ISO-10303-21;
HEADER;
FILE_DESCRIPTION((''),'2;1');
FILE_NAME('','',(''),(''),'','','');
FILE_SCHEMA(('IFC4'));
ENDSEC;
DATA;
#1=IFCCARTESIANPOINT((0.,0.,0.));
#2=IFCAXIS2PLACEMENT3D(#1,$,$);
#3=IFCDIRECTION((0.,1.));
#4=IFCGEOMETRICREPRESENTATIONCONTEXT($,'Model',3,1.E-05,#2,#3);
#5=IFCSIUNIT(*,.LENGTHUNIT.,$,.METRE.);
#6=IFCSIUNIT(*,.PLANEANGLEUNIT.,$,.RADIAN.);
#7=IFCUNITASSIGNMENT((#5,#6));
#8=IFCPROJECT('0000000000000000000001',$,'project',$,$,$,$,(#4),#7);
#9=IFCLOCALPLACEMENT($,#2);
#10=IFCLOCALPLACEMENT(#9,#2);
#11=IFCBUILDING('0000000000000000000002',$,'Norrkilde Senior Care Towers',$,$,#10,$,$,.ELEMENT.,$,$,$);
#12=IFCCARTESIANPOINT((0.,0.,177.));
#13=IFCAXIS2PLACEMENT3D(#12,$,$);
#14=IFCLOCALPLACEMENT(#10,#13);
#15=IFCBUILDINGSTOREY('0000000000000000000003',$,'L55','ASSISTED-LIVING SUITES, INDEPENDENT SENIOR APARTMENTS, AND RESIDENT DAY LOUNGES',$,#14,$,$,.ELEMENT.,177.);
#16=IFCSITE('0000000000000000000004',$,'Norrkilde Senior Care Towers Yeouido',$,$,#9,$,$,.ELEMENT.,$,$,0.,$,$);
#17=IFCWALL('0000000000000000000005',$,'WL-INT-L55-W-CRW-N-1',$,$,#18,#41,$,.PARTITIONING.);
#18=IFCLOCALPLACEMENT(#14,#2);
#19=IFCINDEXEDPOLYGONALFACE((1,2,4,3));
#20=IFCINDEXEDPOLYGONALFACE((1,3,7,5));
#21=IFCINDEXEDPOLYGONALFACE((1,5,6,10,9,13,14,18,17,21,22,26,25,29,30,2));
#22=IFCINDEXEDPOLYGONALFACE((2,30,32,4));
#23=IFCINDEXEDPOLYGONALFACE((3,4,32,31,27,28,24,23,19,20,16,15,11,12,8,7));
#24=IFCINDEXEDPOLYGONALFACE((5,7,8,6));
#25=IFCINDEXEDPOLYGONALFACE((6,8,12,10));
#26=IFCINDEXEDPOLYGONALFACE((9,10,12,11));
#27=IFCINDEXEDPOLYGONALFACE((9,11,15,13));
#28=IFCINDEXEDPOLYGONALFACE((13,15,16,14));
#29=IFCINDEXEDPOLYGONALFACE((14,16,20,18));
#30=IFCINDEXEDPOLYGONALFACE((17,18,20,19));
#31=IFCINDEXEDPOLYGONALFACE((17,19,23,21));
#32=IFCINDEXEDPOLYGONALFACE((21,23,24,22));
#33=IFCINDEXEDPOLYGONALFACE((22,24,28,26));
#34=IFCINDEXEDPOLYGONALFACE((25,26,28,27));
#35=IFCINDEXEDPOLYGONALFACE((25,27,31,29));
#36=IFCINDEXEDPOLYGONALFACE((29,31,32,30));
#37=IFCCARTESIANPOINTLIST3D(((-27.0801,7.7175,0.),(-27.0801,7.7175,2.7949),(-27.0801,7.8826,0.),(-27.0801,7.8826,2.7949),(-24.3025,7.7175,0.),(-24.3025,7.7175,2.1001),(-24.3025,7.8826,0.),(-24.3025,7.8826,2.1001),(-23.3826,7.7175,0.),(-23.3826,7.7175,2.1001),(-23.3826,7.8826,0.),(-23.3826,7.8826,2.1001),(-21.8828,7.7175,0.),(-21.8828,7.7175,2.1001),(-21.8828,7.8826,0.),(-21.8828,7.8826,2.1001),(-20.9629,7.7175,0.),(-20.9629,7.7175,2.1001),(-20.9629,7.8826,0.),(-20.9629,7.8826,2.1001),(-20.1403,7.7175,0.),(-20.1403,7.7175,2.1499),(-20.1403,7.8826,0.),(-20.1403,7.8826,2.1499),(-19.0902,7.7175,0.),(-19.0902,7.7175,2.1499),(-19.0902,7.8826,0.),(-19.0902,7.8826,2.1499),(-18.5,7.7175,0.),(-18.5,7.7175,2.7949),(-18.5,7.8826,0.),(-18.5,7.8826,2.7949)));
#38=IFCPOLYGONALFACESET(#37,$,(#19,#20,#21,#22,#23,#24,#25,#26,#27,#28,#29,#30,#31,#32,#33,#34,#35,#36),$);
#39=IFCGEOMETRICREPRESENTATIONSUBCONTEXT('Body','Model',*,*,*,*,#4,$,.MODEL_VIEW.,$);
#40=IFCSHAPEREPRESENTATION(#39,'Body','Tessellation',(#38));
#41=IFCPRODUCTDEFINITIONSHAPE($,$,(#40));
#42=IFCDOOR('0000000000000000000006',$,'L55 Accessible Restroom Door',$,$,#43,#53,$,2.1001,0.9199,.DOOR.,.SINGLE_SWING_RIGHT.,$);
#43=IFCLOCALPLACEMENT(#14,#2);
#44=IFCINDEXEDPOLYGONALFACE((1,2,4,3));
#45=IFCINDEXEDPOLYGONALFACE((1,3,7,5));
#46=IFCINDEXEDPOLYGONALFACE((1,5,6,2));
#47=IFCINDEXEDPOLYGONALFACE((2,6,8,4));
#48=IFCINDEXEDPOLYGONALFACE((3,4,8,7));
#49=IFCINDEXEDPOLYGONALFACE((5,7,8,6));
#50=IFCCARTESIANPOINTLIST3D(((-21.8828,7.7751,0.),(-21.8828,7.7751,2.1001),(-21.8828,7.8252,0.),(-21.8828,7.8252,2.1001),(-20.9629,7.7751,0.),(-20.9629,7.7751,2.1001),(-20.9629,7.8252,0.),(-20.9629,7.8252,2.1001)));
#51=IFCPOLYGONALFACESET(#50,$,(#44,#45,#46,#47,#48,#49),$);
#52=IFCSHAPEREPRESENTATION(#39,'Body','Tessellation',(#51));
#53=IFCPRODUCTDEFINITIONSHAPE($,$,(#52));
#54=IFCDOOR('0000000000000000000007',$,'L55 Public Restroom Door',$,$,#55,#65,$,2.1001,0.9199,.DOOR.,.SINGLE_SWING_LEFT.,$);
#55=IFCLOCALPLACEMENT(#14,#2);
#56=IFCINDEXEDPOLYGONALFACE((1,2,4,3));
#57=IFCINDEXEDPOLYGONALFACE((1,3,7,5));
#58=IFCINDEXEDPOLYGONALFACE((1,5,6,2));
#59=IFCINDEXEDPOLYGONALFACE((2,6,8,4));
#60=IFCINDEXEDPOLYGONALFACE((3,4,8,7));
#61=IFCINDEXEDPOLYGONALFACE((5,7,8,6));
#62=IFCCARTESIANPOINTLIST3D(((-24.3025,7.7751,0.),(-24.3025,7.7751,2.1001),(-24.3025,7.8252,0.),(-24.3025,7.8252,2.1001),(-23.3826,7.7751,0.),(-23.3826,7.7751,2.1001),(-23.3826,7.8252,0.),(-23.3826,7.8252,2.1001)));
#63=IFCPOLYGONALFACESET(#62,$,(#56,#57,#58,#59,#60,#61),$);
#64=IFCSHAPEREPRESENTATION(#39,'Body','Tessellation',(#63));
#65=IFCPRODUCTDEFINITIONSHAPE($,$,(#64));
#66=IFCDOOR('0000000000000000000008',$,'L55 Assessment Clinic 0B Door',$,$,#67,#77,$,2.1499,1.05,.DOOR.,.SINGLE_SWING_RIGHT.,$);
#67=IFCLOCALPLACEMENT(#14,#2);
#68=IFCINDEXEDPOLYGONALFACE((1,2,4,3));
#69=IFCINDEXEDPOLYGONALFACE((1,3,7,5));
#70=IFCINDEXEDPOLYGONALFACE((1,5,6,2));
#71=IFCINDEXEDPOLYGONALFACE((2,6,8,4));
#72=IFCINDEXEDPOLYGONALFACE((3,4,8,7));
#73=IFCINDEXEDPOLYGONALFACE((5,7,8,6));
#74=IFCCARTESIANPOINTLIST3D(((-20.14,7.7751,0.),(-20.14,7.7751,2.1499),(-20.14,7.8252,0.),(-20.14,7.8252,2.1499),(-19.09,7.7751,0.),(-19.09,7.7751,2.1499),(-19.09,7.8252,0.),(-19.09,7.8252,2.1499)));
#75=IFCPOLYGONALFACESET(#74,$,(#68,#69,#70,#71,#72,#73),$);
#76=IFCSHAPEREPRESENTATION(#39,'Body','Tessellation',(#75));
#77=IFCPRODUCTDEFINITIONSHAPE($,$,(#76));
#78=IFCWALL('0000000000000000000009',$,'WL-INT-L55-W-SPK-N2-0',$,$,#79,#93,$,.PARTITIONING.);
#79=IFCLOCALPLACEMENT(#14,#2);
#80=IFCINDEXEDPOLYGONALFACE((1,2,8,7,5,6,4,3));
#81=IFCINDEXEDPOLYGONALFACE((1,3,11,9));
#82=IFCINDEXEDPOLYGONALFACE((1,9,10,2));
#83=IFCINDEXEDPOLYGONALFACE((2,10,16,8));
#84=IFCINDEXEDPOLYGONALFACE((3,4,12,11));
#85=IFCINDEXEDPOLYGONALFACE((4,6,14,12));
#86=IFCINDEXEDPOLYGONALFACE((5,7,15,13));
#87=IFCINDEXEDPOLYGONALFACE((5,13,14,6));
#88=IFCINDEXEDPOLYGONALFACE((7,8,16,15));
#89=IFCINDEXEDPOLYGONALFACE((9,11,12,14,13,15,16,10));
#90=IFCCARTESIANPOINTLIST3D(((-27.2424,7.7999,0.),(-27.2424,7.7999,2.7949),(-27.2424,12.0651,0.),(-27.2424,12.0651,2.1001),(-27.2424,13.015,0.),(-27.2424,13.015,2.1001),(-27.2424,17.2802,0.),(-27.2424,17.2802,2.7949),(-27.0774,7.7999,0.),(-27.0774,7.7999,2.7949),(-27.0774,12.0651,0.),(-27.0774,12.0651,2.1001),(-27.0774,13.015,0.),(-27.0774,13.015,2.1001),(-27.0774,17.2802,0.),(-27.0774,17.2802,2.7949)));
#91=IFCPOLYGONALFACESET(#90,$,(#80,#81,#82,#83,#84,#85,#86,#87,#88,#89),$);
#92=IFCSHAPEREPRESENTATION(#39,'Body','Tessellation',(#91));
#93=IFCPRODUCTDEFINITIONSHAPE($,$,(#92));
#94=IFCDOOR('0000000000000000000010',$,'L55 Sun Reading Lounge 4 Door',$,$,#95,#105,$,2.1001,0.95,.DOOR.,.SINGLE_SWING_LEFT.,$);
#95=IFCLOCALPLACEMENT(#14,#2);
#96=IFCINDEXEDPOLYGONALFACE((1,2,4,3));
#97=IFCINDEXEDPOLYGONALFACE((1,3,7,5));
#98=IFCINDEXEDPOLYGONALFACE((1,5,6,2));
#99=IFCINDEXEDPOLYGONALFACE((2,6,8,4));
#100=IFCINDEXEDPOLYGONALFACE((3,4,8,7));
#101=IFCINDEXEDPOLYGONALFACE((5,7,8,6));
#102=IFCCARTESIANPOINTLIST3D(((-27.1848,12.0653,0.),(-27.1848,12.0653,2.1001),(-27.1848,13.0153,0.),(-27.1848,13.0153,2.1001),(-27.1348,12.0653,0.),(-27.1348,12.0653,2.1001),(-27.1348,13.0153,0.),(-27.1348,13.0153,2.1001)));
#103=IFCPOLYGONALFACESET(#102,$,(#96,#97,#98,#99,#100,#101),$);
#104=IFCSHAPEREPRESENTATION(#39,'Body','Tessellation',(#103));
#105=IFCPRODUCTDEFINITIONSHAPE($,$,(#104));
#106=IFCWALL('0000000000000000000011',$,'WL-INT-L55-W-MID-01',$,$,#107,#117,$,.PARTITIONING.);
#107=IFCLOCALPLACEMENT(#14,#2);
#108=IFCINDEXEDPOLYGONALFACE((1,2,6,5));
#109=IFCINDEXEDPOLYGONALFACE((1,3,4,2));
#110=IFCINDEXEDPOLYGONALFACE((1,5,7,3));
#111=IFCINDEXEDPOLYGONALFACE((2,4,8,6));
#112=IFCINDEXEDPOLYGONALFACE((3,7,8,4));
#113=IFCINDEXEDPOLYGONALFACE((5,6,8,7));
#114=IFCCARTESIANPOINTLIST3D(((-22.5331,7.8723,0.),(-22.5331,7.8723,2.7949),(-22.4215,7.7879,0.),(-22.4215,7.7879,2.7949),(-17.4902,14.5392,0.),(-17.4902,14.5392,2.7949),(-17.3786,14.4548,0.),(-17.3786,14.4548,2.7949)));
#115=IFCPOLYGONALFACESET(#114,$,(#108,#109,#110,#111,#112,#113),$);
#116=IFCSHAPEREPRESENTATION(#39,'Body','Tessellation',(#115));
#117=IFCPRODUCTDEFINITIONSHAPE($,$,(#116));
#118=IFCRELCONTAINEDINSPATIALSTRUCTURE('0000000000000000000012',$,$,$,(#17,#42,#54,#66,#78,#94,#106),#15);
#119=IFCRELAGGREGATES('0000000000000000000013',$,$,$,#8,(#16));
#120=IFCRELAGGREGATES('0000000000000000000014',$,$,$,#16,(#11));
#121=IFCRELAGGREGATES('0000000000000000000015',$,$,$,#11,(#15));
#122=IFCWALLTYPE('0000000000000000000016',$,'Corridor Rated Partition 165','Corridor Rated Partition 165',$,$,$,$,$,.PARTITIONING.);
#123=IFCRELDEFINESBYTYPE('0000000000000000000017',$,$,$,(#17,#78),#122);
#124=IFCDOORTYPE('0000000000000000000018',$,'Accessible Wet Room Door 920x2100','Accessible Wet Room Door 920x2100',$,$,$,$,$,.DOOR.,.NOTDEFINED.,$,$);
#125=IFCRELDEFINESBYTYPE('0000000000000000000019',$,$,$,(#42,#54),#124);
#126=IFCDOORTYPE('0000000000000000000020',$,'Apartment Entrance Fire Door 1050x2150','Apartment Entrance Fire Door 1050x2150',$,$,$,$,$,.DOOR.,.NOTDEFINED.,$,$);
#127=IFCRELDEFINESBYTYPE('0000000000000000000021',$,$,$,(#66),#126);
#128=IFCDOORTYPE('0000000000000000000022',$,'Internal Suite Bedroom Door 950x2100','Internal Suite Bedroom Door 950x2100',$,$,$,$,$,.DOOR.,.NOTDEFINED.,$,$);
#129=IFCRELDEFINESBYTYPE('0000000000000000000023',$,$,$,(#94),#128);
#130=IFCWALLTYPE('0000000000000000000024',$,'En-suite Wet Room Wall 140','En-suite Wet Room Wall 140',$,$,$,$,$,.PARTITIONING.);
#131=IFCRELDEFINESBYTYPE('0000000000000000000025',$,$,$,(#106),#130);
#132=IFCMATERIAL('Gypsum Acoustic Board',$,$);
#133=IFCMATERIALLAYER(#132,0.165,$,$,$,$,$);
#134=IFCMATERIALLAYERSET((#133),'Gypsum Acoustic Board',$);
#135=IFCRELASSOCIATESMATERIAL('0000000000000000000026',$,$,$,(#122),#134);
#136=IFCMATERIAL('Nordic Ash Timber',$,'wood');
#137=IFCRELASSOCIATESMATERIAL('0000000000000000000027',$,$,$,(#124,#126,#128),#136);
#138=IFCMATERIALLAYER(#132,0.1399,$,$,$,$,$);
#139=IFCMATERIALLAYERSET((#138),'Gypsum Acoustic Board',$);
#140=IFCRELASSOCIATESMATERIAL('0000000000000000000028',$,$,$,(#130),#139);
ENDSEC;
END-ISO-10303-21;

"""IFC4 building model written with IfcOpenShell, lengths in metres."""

from ifc_helpers import new_model, si_unit, direction, frame, frame_2d, origin, place, context, subcontext, project, spatial, rectangle, extrude, source, transform, mapped, material, layer, layer_set, type_object, type_shapes, element, fill, save


model = new_model("IFC4")

# Units and contexts
model_context = context("Model", 3, precision=1e-05, world=origin(), true_north=direction((0.0, 1.0)))
body_context = subcontext(model_context, "Body", "Model", "MODEL_VIEW")
ifc_project = project(units=[si_unit("LENGTHUNIT", "METRE"), si_unit("PLANEANGLEUNIT", "RADIAN")], contexts=[model_context])

# Site, building, storey
site_placement = place(None, origin())
site = spatial("IfcSite", under=ifc_project, at=site_placement, Name="Norrkilde Senior Care Towers Yeouido", CompositionType="ELEMENT", RefElevation=0.0)
building_placement = place(site_placement, origin())
building = spatial("IfcBuilding", under=site, at=building_placement, Name="Norrkilde Senior Care Towers", CompositionType="ELEMENT")
storey_placement = place(building_placement, frame((0.0, 0.0, 177.0)))
storey = spatial("IfcBuildingStorey", under=building, at=storey_placement, Name="L55", Description="ASSISTED-LIVING SUITES, INDEPENDENT SENIOR APARTMENTS, AND RESIDENT DAY LOUNGES", CompositionType="ELEMENT", Elevation=177.0)

# Shared definitions
ifc_material_1 = material(Name="Gypsum Acoustic Board")
ifc_layer_1 = layer(ifc_material_1, 0.165)
ifc_layer_set_1 = layer_set([ifc_layer_1], Name="Gypsum Acoustic Board")
wall_type_1 = type_object("IfcWallType", Name="Corridor Rated Partition 165", Description="Corridor Rated Partition 165", PredefinedType="PARTITIONING", material=ifc_layer_set_1)

# Wall, openings, doors
shared_shape_1 = source(origin(), body_context, "Body", "SweptSolid", [
    extrude(rectangle(XDim=8.5801, YDim=0.165, at=frame_2d((4.29, 0.0))), origin(), (0.0, 0.0, 1.0), 2.7949),
])
wall_1_placement = place(storey_placement, frame((-27.0801, 7.8, 0.0), z_axis=(0.0, 0.0, 1.0), x_axis=(1.0, 0.0, 0.0)))
wall_1 = element("IfcWall", 1, at=wall_1_placement, inside=storey, type_object=wall_type_1, Name="WL-INT-L55-W-CRW-N-1", PredefinedType="PARTITIONING", context=body_context, shape_type="MappedRepresentation", body=[
    mapped(shared_shape_1, transform((0.0, 0.0, 0.0), x_axis=(1.0, 0.0, 0.0), y_axis=(0.0, 1.0, 0.0), z_axis=(0.0, 0.0, 1.0), scale=1.0)),
])
opening_1_placement = place(wall_1_placement, frame((6.9399, 0.0, 0.0)))
opening_1 = element("IfcOpeningElement", 2, at=opening_1_placement, cuts=wall_1, PredefinedType="OPENING", context=body_context, shape_type="SweptSolid", body=[
    extrude(rectangle(XDim=1.05, YDim=2.1499, at=frame_2d((0.5249, 1.075))), frame((0.0, 0.0925, 0.0), z_axis=(0.0, -1.0, 0.0), x_axis=(1.0, 0.0, 0.0)), (0.0, 0.0, 1.0), 0.1851),
])
opening_2_placement = place(wall_1_placement, frame((5.1973, 0.0, 0.0)))
opening_2 = element("IfcOpeningElement", 3, at=opening_2_placement, cuts=wall_1, PredefinedType="OPENING", context=body_context, shape_type="SweptSolid", body=[
    extrude(rectangle(XDim=0.9199, YDim=2.1001, at=frame_2d((0.46, 1.05))), frame((0.0, 0.0925, 0.0), z_axis=(0.0, -1.0, 0.0), x_axis=(1.0, 0.0, 0.0)), (0.0, 0.0, 1.0), 0.1851),
])
opening_3_placement = place(wall_1_placement, frame((2.7776, 0.0, 0.0)))
opening_3 = element("IfcOpeningElement", 4, at=opening_3_placement, cuts=wall_1, PredefinedType="OPENING", context=body_context, shape_type="SweptSolid", body=[
    extrude(rectangle(XDim=0.9199, YDim=2.1001, at=frame_2d((0.46, 1.05))), frame((0.0, 0.0925, 0.0), z_axis=(0.0, -1.0, 0.0), x_axis=(1.0, 0.0, 0.0)), (0.0, 0.0, 1.0), 0.1851),
])
ifc_material_2 = material(Name="Nordic Ash Timber", Category="wood")
door_type_1 = type_object("IfcDoorType", Name="Accessible Wet Room Door 920x2100", Description="Accessible Wet Room Door 920x2100", OperationType="NOTDEFINED", PredefinedType="DOOR", material=ifc_material_2)
shared_shape_2 = source(origin(), body_context, "Body", "SweptSolid", [
    extrude(rectangle(XDim=0.9199, YDim=2.1001, at=frame_2d((0.46, 1.05))), frame((0.0, 0.0249, 0.0), z_axis=(0.0, -1.0, 0.0), x_axis=(1.0, 0.0, 0.0)), (0.0, 0.0, 1.0), 0.05),
])
type_shapes(door_type_1, [shared_shape_2])
door_1_placement = place(opening_2_placement, frame((0.9199, 0.0, 0.0), z_axis=(0.0, 0.0, 1.0), x_axis=(-1.0, 0.0, 0.0)))
door_1 = element("IfcDoor", 5, at=door_1_placement, inside=storey, type_object=door_type_1, Name="L55 Accessible Restroom Door", OperationType="SINGLE_SWING_RIGHT", OverallHeight=2.1001, OverallWidth=0.9199, PredefinedType="DOOR", context=body_context, shape_type="MappedRepresentation", body=[
    mapped(shared_shape_2, transform((0.0, 0.0, 0.0), x_axis=(1.0, 0.0, 0.0), y_axis=(0.0, 1.0, 0.0), z_axis=(0.0, 0.0, 1.0), scale=1.0)),
])
fill(opening_2, door_1)
door_2_placement = place(opening_3_placement, frame((0.9199, 0.0, 0.0), z_axis=(0.0, 0.0, 1.0), x_axis=(-1.0, 0.0, 0.0)))
door_2 = element("IfcDoor", 6, at=door_2_placement, inside=storey, type_object=door_type_1, Name="L55 Public Restroom Door", OperationType="SINGLE_SWING_LEFT", OverallHeight=2.1001, OverallWidth=0.9199, PredefinedType="DOOR", context=body_context, shape_type="MappedRepresentation", body=[
    mapped(shared_shape_2, transform((0.0, 0.0, 0.0), x_axis=(1.0, 0.0, 0.0), y_axis=(0.0, 1.0, 0.0), z_axis=(0.0, 0.0, 1.0), scale=1.0)),
])
fill(opening_3, door_2)
door_type_2 = type_object("IfcDoorType", Name="Apartment Entrance Fire Door 1050x2150", Description="Apartment Entrance Fire Door 1050x2150", OperationType="NOTDEFINED", PredefinedType="DOOR", material=ifc_material_2)
shared_shape_3 = source(origin(), body_context, "Body", "SweptSolid", [
    extrude(rectangle(XDim=1.05, YDim=2.1499, at=frame_2d((0.5249, 1.075))), frame((0.0, 0.0249, 0.0), z_axis=(0.0, -1.0, 0.0), x_axis=(1.0, 0.0, 0.0)), (0.0, 0.0, 1.0), 0.05),
])
type_shapes(door_type_2, [shared_shape_3])
door_3_placement = place(opening_1_placement, frame((1.05, 0.0, 0.0), z_axis=(0.0, 0.0, 1.0), x_axis=(-1.0, 0.0, 0.0)))
door_3 = element("IfcDoor", 7, at=door_3_placement, inside=storey, type_object=door_type_2, Name="L55 Assessment Clinic 0B Door", OperationType="SINGLE_SWING_RIGHT", OverallHeight=2.1499, OverallWidth=1.05, PredefinedType="DOOR", context=body_context, shape_type="MappedRepresentation", body=[
    mapped(shared_shape_3, transform((0.0, 0.0, 0.0), x_axis=(1.0, 0.0, 0.0), y_axis=(0.0, 1.0, 0.0), z_axis=(0.0, 0.0, 1.0), scale=1.0)),
])
fill(opening_1, door_3)

# Wall, opening, door
shared_shape_4 = source(origin(), body_context, "Body", "SweptSolid", [
    extrude(rectangle(XDim=9.4802, YDim=0.165, at=frame_2d((4.7402, 0.0))), origin(), (0.0, 0.0, 1.0), 2.7949),
])
wall_2_placement = place(storey_placement, frame((-27.1599, 17.2803, 0.0), z_axis=(0.0, 0.0, 1.0), x_axis=(0.0, -1.0, 0.0)))
wall_2 = element("IfcWall", 8, at=wall_2_placement, inside=storey, type_object=wall_type_1, Name="WL-INT-L55-W-SPK-N2-0", PredefinedType="PARTITIONING", context=body_context, shape_type="MappedRepresentation", body=[
    mapped(shared_shape_4, transform((0.0, 0.0, 0.0), x_axis=(1.0, 0.0, 0.0), y_axis=(0.0, 1.0, 0.0), z_axis=(0.0, 0.0, 1.0), scale=1.0)),
])
opening_4_placement = place(wall_2_placement, frame((4.2651, 0.0, 0.0)))
opening_4 = element("IfcOpeningElement", 9, at=opening_4_placement, cuts=wall_2, PredefinedType="OPENING", context=body_context, shape_type="SweptSolid", body=[
    extrude(rectangle(XDim=0.95, YDim=2.1001, at=frame_2d((0.4751, 1.05))), frame((0.0, 0.0925, 0.0), z_axis=(0.0, -1.0, 0.0), x_axis=(1.0, 0.0, 0.0)), (0.0, 0.0, 1.0), 0.1851),
])
door_type_3 = type_object("IfcDoorType", Name="Internal Suite Bedroom Door 950x2100", Description="Internal Suite Bedroom Door 950x2100", OperationType="NOTDEFINED", PredefinedType="DOOR", material=ifc_material_2)
shared_shape_5 = source(origin(), body_context, "Body", "SweptSolid", [
    extrude(rectangle(XDim=0.95, YDim=2.1001, at=frame_2d((0.4751, 1.05))), frame((0.0, 0.0249, 0.0), z_axis=(0.0, -1.0, 0.0), x_axis=(1.0, 0.0, 0.0)), (0.0, 0.0, 1.0), 0.05),
])
type_shapes(door_type_3, [shared_shape_5])
door_4_placement = place(opening_4_placement, frame((0.95, 0.0, 0.0), z_axis=(0.0, 0.0, 1.0), x_axis=(-1.0, 0.0, 0.0)))
door_4 = element("IfcDoor", 10, at=door_4_placement, inside=storey, type_object=door_type_3, Name="L55 Sun Reading Lounge 4 Door", OperationType="SINGLE_SWING_LEFT", OverallHeight=2.1001, OverallWidth=0.95, PredefinedType="DOOR", context=body_context, shape_type="MappedRepresentation", body=[
    mapped(shared_shape_5, transform((0.0, 0.0, 0.0), x_axis=(1.0, 0.0, 0.0), y_axis=(0.0, 1.0, 0.0), z_axis=(0.0, 0.0, 1.0), scale=1.0)),
])
fill(opening_4, door_4)

# Wall
ifc_layer_2 = layer(ifc_material_1, 0.1399)
ifc_layer_set_2 = layer_set([ifc_layer_2], Name="Gypsum Acoustic Board")
wall_type_2 = type_object("IfcWallType", Name="En-suite Wet Room Wall 140", Description="En-suite Wet Room Wall 140", PredefinedType="PARTITIONING", material=ifc_layer_set_2)
shared_shape_6 = source(origin(), body_context, "Body", "SweptSolid", [
    extrude(rectangle(XDim=8.3594, YDim=0.1399, at=frame_2d((4.1797, 0.0))), origin(), (0.0, 0.0, 1.0), 2.7949),
])
type_shapes(wall_type_2, [shared_shape_6])
wall_3_placement = place(storey_placement, frame((-22.4773, 7.8301, 0.0), z_axis=(0.0, 0.0, 1.0), x_axis=(0.603266, 0.79754, 0.0)))
element("IfcWall", 11, at=wall_3_placement, inside=storey, type_object=wall_type_2, Name="WL-INT-L55-W-MID-01", PredefinedType="PARTITIONING", context=body_context, shape_type="MappedRepresentation", body=[
    mapped(shared_shape_6, transform((0.0, 0.0, 0.0), x_axis=(1.0, 0.0, 0.0), y_axis=(0.0, 1.0, 0.0), z_axis=(0.0, 0.0, 1.0), scale=1.0)),
])

save(model, "model.ifc")
